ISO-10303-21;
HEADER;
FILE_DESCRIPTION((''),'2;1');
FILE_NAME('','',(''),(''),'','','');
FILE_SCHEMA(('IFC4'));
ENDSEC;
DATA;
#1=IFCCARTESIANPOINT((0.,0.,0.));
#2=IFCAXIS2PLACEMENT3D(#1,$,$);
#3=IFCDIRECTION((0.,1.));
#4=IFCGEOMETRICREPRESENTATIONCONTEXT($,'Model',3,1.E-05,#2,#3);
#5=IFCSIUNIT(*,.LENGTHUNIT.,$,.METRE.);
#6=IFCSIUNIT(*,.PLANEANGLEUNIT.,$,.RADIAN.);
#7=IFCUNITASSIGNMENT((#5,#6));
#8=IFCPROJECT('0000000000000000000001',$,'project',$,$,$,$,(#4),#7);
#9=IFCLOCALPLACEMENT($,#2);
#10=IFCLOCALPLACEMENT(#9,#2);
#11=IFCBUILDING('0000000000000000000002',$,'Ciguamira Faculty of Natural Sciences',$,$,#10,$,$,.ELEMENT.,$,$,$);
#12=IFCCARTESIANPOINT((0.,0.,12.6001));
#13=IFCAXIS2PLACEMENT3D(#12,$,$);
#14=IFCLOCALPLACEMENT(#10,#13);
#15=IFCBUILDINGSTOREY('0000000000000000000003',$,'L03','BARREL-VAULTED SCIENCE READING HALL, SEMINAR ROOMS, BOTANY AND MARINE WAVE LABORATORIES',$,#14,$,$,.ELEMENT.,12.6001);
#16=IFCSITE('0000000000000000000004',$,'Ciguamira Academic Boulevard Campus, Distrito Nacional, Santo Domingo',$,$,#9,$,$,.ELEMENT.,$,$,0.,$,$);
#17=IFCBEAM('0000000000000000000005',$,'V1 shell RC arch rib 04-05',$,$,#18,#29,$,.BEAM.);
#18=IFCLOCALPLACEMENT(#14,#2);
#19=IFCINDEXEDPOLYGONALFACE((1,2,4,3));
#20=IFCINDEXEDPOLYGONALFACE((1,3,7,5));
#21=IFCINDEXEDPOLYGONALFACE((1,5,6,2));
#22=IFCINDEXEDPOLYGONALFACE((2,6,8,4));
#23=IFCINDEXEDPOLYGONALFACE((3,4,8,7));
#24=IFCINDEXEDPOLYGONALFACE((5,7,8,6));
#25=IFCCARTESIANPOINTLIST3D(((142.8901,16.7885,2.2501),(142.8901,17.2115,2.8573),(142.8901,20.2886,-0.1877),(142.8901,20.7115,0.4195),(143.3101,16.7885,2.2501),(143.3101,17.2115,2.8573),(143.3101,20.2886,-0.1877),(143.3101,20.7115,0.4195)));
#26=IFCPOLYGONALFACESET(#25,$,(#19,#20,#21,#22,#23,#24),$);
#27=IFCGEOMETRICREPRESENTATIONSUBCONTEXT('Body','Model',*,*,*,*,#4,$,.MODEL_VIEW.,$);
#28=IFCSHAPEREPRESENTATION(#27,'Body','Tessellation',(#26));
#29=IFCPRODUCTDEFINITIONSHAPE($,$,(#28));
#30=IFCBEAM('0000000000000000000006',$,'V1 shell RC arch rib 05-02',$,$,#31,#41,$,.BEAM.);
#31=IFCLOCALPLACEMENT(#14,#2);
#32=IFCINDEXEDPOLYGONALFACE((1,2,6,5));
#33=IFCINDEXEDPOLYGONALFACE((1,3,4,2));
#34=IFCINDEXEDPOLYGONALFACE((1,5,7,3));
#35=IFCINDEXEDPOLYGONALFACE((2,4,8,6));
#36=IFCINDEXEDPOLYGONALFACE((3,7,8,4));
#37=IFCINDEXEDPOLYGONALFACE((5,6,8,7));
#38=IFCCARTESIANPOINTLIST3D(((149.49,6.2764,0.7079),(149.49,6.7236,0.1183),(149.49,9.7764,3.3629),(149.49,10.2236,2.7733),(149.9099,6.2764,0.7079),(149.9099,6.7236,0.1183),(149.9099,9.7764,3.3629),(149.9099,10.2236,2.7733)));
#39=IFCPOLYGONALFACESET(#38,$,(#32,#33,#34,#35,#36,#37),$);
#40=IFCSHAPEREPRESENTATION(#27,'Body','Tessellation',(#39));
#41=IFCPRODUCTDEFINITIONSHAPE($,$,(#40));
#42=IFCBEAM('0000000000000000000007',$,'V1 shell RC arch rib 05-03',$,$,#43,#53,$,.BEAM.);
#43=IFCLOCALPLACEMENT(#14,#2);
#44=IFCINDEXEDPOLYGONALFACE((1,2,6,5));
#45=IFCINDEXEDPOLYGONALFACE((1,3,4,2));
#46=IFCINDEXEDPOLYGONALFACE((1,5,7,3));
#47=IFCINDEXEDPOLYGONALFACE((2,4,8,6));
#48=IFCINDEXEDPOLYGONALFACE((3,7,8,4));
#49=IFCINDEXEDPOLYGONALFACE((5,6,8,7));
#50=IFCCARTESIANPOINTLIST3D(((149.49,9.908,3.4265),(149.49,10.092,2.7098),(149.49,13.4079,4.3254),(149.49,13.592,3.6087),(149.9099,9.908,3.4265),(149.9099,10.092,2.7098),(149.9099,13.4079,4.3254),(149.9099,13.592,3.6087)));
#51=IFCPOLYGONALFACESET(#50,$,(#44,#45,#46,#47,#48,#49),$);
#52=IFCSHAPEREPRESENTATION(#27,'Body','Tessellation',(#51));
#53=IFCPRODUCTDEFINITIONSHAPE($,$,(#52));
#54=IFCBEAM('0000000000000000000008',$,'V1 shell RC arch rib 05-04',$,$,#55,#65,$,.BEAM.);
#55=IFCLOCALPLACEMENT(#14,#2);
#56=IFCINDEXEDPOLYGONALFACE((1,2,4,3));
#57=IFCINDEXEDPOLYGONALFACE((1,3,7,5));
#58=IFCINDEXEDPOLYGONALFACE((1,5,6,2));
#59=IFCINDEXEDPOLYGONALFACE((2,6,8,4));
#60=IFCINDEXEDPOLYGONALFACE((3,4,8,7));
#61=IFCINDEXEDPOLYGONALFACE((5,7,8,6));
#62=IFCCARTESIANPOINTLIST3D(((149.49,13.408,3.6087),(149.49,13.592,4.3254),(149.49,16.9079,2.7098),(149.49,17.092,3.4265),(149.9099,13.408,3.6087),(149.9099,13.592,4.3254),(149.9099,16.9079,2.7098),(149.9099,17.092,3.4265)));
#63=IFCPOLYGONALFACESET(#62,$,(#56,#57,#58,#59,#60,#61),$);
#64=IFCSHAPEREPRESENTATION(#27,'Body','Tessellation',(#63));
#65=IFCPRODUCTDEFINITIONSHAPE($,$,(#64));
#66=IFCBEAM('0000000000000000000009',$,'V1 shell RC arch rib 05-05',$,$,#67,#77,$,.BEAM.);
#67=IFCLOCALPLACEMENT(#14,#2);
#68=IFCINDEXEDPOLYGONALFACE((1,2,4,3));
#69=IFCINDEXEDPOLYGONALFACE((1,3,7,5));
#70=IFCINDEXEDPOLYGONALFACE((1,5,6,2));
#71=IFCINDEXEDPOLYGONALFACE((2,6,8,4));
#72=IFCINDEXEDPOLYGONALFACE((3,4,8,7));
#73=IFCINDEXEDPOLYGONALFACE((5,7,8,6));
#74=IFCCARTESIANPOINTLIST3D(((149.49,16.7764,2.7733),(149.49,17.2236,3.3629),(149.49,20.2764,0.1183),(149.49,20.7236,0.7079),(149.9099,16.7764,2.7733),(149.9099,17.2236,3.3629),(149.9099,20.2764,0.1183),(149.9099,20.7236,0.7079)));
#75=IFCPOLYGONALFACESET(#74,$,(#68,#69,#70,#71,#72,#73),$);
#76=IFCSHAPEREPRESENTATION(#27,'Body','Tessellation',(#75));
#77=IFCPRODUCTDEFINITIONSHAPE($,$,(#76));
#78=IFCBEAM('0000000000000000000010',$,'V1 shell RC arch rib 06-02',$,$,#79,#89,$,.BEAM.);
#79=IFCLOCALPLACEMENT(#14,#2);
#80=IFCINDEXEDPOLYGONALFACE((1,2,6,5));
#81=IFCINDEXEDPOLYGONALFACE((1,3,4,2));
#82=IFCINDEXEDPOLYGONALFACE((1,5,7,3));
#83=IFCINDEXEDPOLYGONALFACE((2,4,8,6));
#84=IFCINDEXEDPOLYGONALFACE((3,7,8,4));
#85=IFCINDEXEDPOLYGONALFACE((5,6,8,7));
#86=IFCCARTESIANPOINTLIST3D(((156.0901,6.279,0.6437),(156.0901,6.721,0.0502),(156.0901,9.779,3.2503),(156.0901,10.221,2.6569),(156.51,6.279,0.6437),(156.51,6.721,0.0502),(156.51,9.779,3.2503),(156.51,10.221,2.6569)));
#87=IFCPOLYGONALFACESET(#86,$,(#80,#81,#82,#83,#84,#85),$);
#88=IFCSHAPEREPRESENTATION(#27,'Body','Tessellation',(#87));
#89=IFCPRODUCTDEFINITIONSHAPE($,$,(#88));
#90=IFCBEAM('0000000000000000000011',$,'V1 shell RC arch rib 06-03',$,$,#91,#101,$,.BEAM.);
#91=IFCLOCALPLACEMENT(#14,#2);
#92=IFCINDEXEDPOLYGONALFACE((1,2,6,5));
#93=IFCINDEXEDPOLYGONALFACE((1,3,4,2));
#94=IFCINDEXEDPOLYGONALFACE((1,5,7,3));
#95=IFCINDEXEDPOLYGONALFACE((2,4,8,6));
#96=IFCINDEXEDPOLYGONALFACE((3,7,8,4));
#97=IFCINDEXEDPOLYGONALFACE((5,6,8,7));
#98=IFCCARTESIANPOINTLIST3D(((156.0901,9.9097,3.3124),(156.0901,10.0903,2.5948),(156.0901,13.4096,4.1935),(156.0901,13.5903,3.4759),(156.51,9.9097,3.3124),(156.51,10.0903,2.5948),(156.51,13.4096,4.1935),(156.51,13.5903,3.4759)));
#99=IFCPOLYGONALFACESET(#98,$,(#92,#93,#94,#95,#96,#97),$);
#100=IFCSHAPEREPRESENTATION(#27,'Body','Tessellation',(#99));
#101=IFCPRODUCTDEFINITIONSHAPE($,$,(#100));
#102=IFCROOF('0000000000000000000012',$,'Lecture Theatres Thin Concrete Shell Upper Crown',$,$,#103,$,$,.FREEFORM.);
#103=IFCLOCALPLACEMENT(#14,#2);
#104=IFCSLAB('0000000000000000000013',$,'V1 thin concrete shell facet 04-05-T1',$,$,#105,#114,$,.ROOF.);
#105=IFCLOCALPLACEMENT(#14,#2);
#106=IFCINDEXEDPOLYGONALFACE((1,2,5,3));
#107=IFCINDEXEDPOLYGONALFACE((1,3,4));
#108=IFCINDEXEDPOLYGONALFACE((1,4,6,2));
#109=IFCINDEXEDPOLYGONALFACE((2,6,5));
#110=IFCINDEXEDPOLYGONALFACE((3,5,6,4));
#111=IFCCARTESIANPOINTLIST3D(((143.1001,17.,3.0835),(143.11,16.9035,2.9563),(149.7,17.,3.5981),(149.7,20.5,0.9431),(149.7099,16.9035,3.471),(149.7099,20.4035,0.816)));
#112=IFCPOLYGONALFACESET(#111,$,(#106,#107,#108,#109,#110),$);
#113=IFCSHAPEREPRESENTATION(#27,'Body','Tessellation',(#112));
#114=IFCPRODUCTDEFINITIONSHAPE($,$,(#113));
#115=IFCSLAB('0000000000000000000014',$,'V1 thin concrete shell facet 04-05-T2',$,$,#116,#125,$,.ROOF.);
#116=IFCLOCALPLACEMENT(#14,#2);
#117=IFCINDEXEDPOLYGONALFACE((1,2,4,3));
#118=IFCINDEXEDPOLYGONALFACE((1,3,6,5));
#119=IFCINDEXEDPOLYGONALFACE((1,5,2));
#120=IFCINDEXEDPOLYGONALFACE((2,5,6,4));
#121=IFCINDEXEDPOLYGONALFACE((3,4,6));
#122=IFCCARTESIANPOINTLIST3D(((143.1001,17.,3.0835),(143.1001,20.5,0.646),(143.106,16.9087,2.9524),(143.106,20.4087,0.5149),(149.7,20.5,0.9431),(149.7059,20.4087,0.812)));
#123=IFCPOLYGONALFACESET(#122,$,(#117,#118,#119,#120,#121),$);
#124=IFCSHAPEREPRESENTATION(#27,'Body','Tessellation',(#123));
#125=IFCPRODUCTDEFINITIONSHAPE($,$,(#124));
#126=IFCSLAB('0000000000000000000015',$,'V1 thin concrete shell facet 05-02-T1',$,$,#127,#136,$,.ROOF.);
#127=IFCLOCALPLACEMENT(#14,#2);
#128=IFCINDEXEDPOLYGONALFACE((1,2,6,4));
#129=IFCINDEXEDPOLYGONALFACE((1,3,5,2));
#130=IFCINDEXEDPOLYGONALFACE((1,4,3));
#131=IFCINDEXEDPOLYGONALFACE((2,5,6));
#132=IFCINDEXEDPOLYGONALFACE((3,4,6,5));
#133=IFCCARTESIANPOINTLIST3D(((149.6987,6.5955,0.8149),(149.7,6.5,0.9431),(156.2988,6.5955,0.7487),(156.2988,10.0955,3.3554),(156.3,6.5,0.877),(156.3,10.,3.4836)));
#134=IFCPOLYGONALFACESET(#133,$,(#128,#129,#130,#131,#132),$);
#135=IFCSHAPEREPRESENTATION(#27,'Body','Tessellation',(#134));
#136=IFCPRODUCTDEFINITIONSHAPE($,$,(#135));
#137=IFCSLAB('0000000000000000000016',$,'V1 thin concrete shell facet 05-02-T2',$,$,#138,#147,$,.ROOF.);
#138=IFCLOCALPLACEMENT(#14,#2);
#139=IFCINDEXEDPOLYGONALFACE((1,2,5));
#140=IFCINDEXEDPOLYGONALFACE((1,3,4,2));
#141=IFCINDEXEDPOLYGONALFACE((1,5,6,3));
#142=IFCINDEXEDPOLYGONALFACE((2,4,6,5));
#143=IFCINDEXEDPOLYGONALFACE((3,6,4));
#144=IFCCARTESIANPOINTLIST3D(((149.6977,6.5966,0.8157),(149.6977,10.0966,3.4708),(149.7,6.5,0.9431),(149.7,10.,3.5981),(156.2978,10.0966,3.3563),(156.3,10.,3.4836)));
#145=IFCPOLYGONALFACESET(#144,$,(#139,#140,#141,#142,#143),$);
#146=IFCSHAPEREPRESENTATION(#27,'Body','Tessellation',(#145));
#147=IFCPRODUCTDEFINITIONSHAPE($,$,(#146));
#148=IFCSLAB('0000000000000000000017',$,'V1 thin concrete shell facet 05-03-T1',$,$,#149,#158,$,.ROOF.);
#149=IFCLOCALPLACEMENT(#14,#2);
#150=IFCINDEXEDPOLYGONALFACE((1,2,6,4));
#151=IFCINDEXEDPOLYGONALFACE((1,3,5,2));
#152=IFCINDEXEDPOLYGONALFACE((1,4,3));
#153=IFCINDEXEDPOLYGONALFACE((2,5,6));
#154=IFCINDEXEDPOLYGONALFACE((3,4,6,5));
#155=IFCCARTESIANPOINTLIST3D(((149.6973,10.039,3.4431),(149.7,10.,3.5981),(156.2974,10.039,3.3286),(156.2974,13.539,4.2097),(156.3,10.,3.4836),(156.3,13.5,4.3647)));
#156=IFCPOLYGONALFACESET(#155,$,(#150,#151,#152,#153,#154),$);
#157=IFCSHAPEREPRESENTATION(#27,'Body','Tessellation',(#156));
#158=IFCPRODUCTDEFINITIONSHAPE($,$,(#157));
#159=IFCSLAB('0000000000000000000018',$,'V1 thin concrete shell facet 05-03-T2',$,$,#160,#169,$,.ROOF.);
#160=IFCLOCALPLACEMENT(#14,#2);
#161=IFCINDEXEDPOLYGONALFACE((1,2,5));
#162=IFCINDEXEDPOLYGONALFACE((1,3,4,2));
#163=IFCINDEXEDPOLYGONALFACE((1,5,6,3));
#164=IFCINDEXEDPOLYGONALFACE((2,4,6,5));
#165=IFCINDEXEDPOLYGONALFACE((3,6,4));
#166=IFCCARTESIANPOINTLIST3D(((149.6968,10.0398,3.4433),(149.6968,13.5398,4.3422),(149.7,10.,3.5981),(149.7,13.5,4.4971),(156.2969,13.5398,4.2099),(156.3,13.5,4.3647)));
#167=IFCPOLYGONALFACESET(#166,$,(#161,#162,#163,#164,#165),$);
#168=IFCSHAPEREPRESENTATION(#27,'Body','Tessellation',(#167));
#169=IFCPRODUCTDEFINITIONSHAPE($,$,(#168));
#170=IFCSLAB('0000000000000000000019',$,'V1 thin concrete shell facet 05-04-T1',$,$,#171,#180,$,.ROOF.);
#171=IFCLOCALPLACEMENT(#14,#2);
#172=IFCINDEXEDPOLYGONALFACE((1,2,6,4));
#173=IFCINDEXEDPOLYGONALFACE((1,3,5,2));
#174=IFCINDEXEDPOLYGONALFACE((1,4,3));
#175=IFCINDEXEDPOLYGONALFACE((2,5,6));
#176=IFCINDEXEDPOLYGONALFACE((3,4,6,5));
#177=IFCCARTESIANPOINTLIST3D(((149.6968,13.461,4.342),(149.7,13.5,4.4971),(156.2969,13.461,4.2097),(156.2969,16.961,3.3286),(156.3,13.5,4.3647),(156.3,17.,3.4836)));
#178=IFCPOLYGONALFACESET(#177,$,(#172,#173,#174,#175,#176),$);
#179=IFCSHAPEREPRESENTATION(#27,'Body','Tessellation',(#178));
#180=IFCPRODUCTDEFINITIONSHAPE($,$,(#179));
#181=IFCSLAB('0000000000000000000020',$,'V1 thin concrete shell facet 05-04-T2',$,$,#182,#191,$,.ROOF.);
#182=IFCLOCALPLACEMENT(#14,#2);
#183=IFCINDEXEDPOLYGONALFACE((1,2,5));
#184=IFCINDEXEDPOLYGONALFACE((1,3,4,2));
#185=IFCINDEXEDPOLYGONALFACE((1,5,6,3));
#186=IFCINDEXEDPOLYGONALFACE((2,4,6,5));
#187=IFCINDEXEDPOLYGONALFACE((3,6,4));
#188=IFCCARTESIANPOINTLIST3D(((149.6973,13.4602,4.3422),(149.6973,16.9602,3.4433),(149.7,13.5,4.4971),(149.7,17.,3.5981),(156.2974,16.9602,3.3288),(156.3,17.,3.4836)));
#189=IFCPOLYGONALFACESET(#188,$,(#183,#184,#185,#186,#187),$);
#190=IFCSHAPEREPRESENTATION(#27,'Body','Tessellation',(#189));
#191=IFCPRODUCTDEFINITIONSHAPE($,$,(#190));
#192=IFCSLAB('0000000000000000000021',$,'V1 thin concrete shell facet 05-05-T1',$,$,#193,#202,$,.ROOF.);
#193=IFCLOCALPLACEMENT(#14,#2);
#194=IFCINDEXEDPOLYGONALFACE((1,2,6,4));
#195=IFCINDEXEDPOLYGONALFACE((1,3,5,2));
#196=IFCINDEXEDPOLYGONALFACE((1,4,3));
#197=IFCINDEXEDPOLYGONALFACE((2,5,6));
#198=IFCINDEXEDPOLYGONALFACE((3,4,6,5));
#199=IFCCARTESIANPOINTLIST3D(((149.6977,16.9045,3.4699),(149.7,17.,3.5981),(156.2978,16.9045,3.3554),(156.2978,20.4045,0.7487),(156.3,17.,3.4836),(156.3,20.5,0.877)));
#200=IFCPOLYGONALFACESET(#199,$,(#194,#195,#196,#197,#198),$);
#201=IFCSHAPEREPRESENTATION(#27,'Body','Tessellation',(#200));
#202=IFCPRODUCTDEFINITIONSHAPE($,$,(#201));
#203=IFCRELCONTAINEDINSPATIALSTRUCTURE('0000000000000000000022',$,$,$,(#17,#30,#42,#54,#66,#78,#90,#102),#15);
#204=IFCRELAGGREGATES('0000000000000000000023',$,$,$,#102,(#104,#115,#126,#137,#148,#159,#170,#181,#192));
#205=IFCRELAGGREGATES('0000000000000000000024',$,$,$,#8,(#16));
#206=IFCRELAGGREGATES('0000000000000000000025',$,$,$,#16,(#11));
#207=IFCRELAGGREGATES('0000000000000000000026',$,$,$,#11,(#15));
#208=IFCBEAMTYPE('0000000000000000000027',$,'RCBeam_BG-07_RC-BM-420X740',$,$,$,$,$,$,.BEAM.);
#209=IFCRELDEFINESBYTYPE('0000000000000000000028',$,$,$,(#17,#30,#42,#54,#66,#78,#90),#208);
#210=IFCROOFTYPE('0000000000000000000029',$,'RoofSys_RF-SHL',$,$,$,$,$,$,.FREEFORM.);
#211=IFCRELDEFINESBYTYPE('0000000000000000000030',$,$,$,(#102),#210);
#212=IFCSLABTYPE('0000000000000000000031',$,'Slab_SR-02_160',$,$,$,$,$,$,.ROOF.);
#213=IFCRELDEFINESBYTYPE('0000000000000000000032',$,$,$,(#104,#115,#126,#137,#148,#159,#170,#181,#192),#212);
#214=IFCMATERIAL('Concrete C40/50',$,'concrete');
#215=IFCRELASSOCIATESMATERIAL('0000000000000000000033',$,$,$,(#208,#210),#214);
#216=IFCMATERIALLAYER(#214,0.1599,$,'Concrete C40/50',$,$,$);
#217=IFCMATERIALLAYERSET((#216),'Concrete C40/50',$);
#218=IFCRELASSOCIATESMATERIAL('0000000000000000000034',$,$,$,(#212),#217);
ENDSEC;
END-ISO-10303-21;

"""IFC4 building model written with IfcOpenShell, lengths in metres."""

from ifc_helpers import new_model, si_unit, direction, frame, origin, origin_2d, place, context, subcontext, project, spatial, polyline, rectangle, outline, extrude, material, layer, layer_set, material_profile, profile_set, type_object, element, aggregate, save


model = new_model("IFC4")

# Units and contexts
model_context = context("Model", 3, precision=1e-05, world=origin(), true_north=direction((0.0, 1.0)))
body_context = subcontext(model_context, "Body", "Model", "MODEL_VIEW")
ifc_project = project(units=[si_unit("LENGTHUNIT", "METRE"), si_unit("PLANEANGLEUNIT", "RADIAN")], contexts=[model_context])

# Site, building, storey
site_placement = place(None, origin())
site = spatial("IfcSite", under=ifc_project, at=site_placement, Name="Ciguamira Academic Boulevard Campus, Distrito Nacional, Santo Domingo", CompositionType="ELEMENT", RefElevation=0.0)
building_placement = place(site_placement, origin())
building = spatial("IfcBuilding", under=site, at=building_placement, Name="Ciguamira Faculty of Natural Sciences", CompositionType="ELEMENT")
storey_placement = place(building_placement, frame((0.0, 0.0, 12.6001)))
storey = spatial("IfcBuildingStorey", under=building, at=storey_placement, Name="L03", Description="BARREL-VAULTED SCIENCE READING HALL, SEMINAR ROOMS, BOTANY AND MARINE WAVE LABORATORIES", CompositionType="ELEMENT", Elevation=12.6001)

# Beams
ifc_material = material(Name="Concrete C40/50", Category="concrete")
ifc_material_profile = material_profile(ifc_material, rectangle(XDim=0.4199, YDim=0.74, at=origin_2d()), Name="RC-BM-420X740")
ifc_profile_set = profile_set([ifc_material_profile], Name="Concrete C40/50")
beam_type = type_object("IfcBeamType", Name="RCBeam_BG-07_RC-BM-420X740", PredefinedType="BEAM", material=ifc_profile_set)
beam_1_placement = place(storey_placement, frame((143.1001, 17.0, 2.5537), z_axis=(0.0, 0.82058, -0.571532), x_axis=(-1.0, 0.0, 0.0)))
element("IfcBeam", 1, at=beam_1_placement, inside=storey, type_object=beam_type, Name="V1 shell RC arch rib 04-05", PredefinedType="BEAM", context=body_context, shape_type="SweptSolid", body=[
    extrude(rectangle(XDim=0.4199, YDim=0.74, at=origin_2d()), origin(), (0.0, 0.0, 1.0), 4.2654),
])
beam_2_placement = place(storey_placement, frame((149.7, 6.5, 0.4131), z_axis=(0.0, 0.796707, 0.604366), x_axis=(-1.0, 0.0, 0.0)))
element("IfcBeam", 2, at=beam_2_placement, inside=storey, type_object=beam_type, Name="V1 shell RC arch rib 05-02", PredefinedType="BEAM", context=body_context, shape_type="SweptSolid", body=[
    extrude(rectangle(XDim=0.4199, YDim=0.74, at=origin_2d()), origin(), (0.0, 0.0, 1.0), 4.3931),
])
for number, where, z_axis, x_axis, name in (
    (3, (149.7, 10.0, 3.0681), (0.0, 0.968565, 0.248762), (-1.0, 0.0, 0.0), "V1 shell RC arch rib 05-03"),
    (4, (149.7, 13.5, 3.967), (0.0, 0.968565, -0.248762), (-1.0, 0.0, 0.0), "V1 shell RC arch rib 05-04"),
):
    element("IfcBeam", number, at=place(storey_placement, frame(where, z_axis=z_axis, x_axis=x_axis)), inside=storey, type_object=beam_type, Name=name, PredefinedType="BEAM", context=body_context, shape_type="SweptSolid", body=[
        extrude(rectangle(XDim=0.4199, YDim=0.74, at=origin_2d()), origin(), (0.0, 0.0, 1.0), 3.6135),
    ])
beam_3_placement = place(storey_placement, frame((149.7, 17.0, 3.0681), z_axis=(0.0, 0.796707, -0.604366), x_axis=(-1.0, 0.0, 0.0)))
element("IfcBeam", 5, at=beam_3_placement, inside=storey, type_object=beam_type, Name="V1 shell RC arch rib 05-05", PredefinedType="BEAM", context=body_context, shape_type="SweptSolid", body=[
    extrude(rectangle(XDim=0.4199, YDim=0.74, at=origin_2d()), origin(), (0.0, 0.0, 1.0), 4.3931),
])
beam_4_placement = place(storey_placement, frame((156.3, 6.5, 0.3469), z_axis=(0.0, 0.802009, 0.597311), x_axis=(-1.0, 0.0, 0.0)))
element("IfcBeam", 6, at=beam_4_placement, inside=storey, type_object=beam_type, Name="V1 shell RC arch rib 06-02", PredefinedType="BEAM", context=body_context, shape_type="SweptSolid", body=[
    extrude(rectangle(XDim=0.4199, YDim=0.74, at=origin_2d()), origin(), (0.0, 0.0, 1.0), 4.364),
])
beam_5_placement = place(storey_placement, frame((156.3, 10.0, 2.9536), z_axis=(0.0, 0.969743, 0.244127), x_axis=(-1.0, 0.0, 0.0)))
element("IfcBeam", 7, at=beam_5_placement, inside=storey, type_object=beam_type, Name="V1 shell RC arch rib 06-03", PredefinedType="BEAM", context=body_context, shape_type="SweptSolid", body=[
    extrude(rectangle(XDim=0.4199, YDim=0.74, at=origin_2d()), origin(), (0.0, 0.0, 1.0), 3.6091),
])

# Roof, slabs
roof_type = type_object("IfcRoofType", Name="RoofSys_RF-SHL", PredefinedType="FREEFORM", material=ifc_material)
roof_placement = place(storey_placement, origin())
roof = element("IfcRoof", 8, at=roof_placement, inside=storey, type_object=roof_type, Name="Lecture Theatres Thin Concrete Shell Upper Crown", PredefinedType="FREEFORM")
ifc_layer = layer(ifc_material, 0.1599, Name="Concrete C40/50")
ifc_layer_set = layer_set([ifc_layer], Name="Concrete C40/50")
slab_type = type_object("IfcSlabType", Name="Slab_SR-02_160", PredefinedType="ROOF", material=ifc_layer_set)
slab_1_placement = place(storey_placement, frame((143.1001, 17.0, 3.0835), z_axis=(-0.062007, 0.603203, 0.795174), x_axis=(0.996973, 0.0, 0.077743)))
slab_1 = element("IfcSlab", 9, at=slab_1_placement, type_object=slab_type, Name="V1 thin concrete shell facet 04-05-T1", PredefinedType="ROOF", context=body_context, shape_type="SweptSolid", body=[
    extrude(outline(polyline([(0.0, 0.0), (6.6199, 0.0), (6.4135, 4.3882), (0.0, 0.0)])), origin(), (0.0, 0.0, -1.0), 0.1599),
])
slab_2_placement = place(storey_placement, frame((143.1001, 17.0, 3.0835), z_axis=(-0.036918, 0.571104, 0.820047), x_axis=(0.849287, 0.450389, -0.27543)))
slab_2 = element("IfcSlab", 10, at=slab_2_placement, type_object=slab_type, Name="V1 thin concrete shell facet 04-05-T2", PredefinedType="ROOF", context=body_context, shape_type="SweptSolid", body=[
    extrude(outline(polyline([(0.0, 0.0), (7.7711, 0.0), (2.2477, 3.6248), (0.0, 0.0)])), origin(), (0.0, 0.0, -1.0), 0.1599),
])
slab_3_placement = place(storey_placement, frame((149.7, 6.5, 0.9431), z_axis=(0.008039, -0.597292, 0.801984), x_axis=(0.99995, 0.0, -0.010024)))
slab_3 = element("IfcSlab", 11, at=slab_3_placement, type_object=slab_type, Name="V1 thin concrete shell facet 05-02-T1", PredefinedType="ROOF", context=body_context, shape_type="SweptSolid", body=[
    extrude(outline(polyline([(0.0, 0.0), (6.6004, 0.0), (6.5743, 4.364), (0.0, 0.0)])), origin(), (0.0, 0.0, -1.0), 0.1599),
])
slab_4_placement = place(storey_placement, frame((149.7, 6.5, 0.9431), z_axis=(0.01382, -0.604308, 0.796631), x_axis=(0.836424, 0.443552, 0.321959)))
slab_4 = element("IfcSlab", 12, at=slab_4_placement, type_object=slab_type, Name="V1 thin concrete shell facet 05-02-T2", PredefinedType="ROOF", context=body_context, shape_type="SweptSolid", body=[
    extrude(outline(polyline([(0.0, 0.0), (7.8909, 0.0), (2.4072, 3.6748), (0.0, 0.0)])), origin(), (0.0, 0.0, -1.0), 0.1599),
])
slab_5_placement = place(storey_placement, frame((149.7, 10.0, 3.5981), z_axis=(0.016821, -0.244092, 0.969606), x_axis=(0.99985, 0.0, -0.017346)))
slab_5 = element("IfcSlab", 13, at=slab_5_placement, type_object=slab_type, Name="V1 thin concrete shell facet 05-03-T1", PredefinedType="ROOF", context=body_context, shape_type="SweptSolid", body=[
    extrude(outline(polyline([(0.0, 0.0), (6.6011, 0.0), (6.5858, 3.6092), (0.0, 0.0)])), origin(), (0.0, 0.0, -1.0), 0.1599),
])
slab_6_placement = place(storey_placement, frame((149.7, 10.0, 3.5981), z_axis=(0.019415, -0.248715, 0.968382), x_axis=(0.87885, 0.46605, 0.102078)))
slab_6 = element("IfcSlab", 14, at=slab_6_placement, type_object=slab_type, Name="V1 thin concrete shell facet 05-03-T2", PredefinedType="ROOF", context=body_context, shape_type="SweptSolid", body=[
    extrude(outline(polyline([(0.0, 0.0), (7.5099, 0.0), (1.7229, 3.1764), (0.0, 0.0)])), origin(), (0.0, 0.0, -1.0), 0.1599),
])
slab_7_placement = place(storey_placement, frame((149.7, 13.5, 4.4971), z_axis=(0.019439, 0.244081, 0.96956), x_axis=(0.999799, 0.0, -0.020045)))
slab_7 = element("IfcSlab", 15, at=slab_7_placement, type_object=slab_type, Name="V1 thin concrete shell facet 05-04-T1", PredefinedType="ROOF", context=body_context, shape_type="SweptSolid", body=[
    extrude(outline(polyline([(0.0, 0.0), (6.6014, 0.0), (6.6191, 3.6092), (0.0, 0.0)])), origin(), (0.0, 0.0, -1.0), 0.1599),
])
slab_8_placement = place(storey_placement, frame((149.7, 13.5, 4.4971), z_axis=(0.016801, 0.248727, 0.968428), x_axis=(0.875447, 0.464245, -0.134423)))
slab_8 = element("IfcSlab", 16, at=slab_8_placement, type_object=slab_type, Name="V1 thin concrete shell facet 05-04-T2", PredefinedType="ROOF", context=body_context, shape_type="SweptSolid", body=[
    extrude(outline(polyline([(0.0, 0.0), (7.5391, 0.0), (1.7457, 3.164), (0.0, 0.0)])), origin(), (0.0, 0.0, -1.0), 0.1599),
])
slab_9_placement = place(storey_placement, frame((149.7, 17.0, 3.5981), z_axis=(0.013912, 0.597254, 0.801932), x_axis=(0.99985, 0.0, -0.017346)))
slab_9 = element("IfcSlab", 17, at=slab_9_placement, type_object=slab_type, Name="V1 thin concrete shell facet 05-05-T1", PredefinedType="ROOF", context=body_context, shape_type="SweptSolid", body=[
    extrude(outline(polyline([(0.0, 0.0), (6.6011, 0.0), (6.6463, 4.3638), (0.0, 0.0)])), origin(), (0.0, 0.0, -1.0), 0.1599),
])
aggregate(roof, [slab_1, slab_2, slab_3, slab_4, slab_5, slab_6, slab_7, slab_8, slab_9])

save(model, "model.ifc")
